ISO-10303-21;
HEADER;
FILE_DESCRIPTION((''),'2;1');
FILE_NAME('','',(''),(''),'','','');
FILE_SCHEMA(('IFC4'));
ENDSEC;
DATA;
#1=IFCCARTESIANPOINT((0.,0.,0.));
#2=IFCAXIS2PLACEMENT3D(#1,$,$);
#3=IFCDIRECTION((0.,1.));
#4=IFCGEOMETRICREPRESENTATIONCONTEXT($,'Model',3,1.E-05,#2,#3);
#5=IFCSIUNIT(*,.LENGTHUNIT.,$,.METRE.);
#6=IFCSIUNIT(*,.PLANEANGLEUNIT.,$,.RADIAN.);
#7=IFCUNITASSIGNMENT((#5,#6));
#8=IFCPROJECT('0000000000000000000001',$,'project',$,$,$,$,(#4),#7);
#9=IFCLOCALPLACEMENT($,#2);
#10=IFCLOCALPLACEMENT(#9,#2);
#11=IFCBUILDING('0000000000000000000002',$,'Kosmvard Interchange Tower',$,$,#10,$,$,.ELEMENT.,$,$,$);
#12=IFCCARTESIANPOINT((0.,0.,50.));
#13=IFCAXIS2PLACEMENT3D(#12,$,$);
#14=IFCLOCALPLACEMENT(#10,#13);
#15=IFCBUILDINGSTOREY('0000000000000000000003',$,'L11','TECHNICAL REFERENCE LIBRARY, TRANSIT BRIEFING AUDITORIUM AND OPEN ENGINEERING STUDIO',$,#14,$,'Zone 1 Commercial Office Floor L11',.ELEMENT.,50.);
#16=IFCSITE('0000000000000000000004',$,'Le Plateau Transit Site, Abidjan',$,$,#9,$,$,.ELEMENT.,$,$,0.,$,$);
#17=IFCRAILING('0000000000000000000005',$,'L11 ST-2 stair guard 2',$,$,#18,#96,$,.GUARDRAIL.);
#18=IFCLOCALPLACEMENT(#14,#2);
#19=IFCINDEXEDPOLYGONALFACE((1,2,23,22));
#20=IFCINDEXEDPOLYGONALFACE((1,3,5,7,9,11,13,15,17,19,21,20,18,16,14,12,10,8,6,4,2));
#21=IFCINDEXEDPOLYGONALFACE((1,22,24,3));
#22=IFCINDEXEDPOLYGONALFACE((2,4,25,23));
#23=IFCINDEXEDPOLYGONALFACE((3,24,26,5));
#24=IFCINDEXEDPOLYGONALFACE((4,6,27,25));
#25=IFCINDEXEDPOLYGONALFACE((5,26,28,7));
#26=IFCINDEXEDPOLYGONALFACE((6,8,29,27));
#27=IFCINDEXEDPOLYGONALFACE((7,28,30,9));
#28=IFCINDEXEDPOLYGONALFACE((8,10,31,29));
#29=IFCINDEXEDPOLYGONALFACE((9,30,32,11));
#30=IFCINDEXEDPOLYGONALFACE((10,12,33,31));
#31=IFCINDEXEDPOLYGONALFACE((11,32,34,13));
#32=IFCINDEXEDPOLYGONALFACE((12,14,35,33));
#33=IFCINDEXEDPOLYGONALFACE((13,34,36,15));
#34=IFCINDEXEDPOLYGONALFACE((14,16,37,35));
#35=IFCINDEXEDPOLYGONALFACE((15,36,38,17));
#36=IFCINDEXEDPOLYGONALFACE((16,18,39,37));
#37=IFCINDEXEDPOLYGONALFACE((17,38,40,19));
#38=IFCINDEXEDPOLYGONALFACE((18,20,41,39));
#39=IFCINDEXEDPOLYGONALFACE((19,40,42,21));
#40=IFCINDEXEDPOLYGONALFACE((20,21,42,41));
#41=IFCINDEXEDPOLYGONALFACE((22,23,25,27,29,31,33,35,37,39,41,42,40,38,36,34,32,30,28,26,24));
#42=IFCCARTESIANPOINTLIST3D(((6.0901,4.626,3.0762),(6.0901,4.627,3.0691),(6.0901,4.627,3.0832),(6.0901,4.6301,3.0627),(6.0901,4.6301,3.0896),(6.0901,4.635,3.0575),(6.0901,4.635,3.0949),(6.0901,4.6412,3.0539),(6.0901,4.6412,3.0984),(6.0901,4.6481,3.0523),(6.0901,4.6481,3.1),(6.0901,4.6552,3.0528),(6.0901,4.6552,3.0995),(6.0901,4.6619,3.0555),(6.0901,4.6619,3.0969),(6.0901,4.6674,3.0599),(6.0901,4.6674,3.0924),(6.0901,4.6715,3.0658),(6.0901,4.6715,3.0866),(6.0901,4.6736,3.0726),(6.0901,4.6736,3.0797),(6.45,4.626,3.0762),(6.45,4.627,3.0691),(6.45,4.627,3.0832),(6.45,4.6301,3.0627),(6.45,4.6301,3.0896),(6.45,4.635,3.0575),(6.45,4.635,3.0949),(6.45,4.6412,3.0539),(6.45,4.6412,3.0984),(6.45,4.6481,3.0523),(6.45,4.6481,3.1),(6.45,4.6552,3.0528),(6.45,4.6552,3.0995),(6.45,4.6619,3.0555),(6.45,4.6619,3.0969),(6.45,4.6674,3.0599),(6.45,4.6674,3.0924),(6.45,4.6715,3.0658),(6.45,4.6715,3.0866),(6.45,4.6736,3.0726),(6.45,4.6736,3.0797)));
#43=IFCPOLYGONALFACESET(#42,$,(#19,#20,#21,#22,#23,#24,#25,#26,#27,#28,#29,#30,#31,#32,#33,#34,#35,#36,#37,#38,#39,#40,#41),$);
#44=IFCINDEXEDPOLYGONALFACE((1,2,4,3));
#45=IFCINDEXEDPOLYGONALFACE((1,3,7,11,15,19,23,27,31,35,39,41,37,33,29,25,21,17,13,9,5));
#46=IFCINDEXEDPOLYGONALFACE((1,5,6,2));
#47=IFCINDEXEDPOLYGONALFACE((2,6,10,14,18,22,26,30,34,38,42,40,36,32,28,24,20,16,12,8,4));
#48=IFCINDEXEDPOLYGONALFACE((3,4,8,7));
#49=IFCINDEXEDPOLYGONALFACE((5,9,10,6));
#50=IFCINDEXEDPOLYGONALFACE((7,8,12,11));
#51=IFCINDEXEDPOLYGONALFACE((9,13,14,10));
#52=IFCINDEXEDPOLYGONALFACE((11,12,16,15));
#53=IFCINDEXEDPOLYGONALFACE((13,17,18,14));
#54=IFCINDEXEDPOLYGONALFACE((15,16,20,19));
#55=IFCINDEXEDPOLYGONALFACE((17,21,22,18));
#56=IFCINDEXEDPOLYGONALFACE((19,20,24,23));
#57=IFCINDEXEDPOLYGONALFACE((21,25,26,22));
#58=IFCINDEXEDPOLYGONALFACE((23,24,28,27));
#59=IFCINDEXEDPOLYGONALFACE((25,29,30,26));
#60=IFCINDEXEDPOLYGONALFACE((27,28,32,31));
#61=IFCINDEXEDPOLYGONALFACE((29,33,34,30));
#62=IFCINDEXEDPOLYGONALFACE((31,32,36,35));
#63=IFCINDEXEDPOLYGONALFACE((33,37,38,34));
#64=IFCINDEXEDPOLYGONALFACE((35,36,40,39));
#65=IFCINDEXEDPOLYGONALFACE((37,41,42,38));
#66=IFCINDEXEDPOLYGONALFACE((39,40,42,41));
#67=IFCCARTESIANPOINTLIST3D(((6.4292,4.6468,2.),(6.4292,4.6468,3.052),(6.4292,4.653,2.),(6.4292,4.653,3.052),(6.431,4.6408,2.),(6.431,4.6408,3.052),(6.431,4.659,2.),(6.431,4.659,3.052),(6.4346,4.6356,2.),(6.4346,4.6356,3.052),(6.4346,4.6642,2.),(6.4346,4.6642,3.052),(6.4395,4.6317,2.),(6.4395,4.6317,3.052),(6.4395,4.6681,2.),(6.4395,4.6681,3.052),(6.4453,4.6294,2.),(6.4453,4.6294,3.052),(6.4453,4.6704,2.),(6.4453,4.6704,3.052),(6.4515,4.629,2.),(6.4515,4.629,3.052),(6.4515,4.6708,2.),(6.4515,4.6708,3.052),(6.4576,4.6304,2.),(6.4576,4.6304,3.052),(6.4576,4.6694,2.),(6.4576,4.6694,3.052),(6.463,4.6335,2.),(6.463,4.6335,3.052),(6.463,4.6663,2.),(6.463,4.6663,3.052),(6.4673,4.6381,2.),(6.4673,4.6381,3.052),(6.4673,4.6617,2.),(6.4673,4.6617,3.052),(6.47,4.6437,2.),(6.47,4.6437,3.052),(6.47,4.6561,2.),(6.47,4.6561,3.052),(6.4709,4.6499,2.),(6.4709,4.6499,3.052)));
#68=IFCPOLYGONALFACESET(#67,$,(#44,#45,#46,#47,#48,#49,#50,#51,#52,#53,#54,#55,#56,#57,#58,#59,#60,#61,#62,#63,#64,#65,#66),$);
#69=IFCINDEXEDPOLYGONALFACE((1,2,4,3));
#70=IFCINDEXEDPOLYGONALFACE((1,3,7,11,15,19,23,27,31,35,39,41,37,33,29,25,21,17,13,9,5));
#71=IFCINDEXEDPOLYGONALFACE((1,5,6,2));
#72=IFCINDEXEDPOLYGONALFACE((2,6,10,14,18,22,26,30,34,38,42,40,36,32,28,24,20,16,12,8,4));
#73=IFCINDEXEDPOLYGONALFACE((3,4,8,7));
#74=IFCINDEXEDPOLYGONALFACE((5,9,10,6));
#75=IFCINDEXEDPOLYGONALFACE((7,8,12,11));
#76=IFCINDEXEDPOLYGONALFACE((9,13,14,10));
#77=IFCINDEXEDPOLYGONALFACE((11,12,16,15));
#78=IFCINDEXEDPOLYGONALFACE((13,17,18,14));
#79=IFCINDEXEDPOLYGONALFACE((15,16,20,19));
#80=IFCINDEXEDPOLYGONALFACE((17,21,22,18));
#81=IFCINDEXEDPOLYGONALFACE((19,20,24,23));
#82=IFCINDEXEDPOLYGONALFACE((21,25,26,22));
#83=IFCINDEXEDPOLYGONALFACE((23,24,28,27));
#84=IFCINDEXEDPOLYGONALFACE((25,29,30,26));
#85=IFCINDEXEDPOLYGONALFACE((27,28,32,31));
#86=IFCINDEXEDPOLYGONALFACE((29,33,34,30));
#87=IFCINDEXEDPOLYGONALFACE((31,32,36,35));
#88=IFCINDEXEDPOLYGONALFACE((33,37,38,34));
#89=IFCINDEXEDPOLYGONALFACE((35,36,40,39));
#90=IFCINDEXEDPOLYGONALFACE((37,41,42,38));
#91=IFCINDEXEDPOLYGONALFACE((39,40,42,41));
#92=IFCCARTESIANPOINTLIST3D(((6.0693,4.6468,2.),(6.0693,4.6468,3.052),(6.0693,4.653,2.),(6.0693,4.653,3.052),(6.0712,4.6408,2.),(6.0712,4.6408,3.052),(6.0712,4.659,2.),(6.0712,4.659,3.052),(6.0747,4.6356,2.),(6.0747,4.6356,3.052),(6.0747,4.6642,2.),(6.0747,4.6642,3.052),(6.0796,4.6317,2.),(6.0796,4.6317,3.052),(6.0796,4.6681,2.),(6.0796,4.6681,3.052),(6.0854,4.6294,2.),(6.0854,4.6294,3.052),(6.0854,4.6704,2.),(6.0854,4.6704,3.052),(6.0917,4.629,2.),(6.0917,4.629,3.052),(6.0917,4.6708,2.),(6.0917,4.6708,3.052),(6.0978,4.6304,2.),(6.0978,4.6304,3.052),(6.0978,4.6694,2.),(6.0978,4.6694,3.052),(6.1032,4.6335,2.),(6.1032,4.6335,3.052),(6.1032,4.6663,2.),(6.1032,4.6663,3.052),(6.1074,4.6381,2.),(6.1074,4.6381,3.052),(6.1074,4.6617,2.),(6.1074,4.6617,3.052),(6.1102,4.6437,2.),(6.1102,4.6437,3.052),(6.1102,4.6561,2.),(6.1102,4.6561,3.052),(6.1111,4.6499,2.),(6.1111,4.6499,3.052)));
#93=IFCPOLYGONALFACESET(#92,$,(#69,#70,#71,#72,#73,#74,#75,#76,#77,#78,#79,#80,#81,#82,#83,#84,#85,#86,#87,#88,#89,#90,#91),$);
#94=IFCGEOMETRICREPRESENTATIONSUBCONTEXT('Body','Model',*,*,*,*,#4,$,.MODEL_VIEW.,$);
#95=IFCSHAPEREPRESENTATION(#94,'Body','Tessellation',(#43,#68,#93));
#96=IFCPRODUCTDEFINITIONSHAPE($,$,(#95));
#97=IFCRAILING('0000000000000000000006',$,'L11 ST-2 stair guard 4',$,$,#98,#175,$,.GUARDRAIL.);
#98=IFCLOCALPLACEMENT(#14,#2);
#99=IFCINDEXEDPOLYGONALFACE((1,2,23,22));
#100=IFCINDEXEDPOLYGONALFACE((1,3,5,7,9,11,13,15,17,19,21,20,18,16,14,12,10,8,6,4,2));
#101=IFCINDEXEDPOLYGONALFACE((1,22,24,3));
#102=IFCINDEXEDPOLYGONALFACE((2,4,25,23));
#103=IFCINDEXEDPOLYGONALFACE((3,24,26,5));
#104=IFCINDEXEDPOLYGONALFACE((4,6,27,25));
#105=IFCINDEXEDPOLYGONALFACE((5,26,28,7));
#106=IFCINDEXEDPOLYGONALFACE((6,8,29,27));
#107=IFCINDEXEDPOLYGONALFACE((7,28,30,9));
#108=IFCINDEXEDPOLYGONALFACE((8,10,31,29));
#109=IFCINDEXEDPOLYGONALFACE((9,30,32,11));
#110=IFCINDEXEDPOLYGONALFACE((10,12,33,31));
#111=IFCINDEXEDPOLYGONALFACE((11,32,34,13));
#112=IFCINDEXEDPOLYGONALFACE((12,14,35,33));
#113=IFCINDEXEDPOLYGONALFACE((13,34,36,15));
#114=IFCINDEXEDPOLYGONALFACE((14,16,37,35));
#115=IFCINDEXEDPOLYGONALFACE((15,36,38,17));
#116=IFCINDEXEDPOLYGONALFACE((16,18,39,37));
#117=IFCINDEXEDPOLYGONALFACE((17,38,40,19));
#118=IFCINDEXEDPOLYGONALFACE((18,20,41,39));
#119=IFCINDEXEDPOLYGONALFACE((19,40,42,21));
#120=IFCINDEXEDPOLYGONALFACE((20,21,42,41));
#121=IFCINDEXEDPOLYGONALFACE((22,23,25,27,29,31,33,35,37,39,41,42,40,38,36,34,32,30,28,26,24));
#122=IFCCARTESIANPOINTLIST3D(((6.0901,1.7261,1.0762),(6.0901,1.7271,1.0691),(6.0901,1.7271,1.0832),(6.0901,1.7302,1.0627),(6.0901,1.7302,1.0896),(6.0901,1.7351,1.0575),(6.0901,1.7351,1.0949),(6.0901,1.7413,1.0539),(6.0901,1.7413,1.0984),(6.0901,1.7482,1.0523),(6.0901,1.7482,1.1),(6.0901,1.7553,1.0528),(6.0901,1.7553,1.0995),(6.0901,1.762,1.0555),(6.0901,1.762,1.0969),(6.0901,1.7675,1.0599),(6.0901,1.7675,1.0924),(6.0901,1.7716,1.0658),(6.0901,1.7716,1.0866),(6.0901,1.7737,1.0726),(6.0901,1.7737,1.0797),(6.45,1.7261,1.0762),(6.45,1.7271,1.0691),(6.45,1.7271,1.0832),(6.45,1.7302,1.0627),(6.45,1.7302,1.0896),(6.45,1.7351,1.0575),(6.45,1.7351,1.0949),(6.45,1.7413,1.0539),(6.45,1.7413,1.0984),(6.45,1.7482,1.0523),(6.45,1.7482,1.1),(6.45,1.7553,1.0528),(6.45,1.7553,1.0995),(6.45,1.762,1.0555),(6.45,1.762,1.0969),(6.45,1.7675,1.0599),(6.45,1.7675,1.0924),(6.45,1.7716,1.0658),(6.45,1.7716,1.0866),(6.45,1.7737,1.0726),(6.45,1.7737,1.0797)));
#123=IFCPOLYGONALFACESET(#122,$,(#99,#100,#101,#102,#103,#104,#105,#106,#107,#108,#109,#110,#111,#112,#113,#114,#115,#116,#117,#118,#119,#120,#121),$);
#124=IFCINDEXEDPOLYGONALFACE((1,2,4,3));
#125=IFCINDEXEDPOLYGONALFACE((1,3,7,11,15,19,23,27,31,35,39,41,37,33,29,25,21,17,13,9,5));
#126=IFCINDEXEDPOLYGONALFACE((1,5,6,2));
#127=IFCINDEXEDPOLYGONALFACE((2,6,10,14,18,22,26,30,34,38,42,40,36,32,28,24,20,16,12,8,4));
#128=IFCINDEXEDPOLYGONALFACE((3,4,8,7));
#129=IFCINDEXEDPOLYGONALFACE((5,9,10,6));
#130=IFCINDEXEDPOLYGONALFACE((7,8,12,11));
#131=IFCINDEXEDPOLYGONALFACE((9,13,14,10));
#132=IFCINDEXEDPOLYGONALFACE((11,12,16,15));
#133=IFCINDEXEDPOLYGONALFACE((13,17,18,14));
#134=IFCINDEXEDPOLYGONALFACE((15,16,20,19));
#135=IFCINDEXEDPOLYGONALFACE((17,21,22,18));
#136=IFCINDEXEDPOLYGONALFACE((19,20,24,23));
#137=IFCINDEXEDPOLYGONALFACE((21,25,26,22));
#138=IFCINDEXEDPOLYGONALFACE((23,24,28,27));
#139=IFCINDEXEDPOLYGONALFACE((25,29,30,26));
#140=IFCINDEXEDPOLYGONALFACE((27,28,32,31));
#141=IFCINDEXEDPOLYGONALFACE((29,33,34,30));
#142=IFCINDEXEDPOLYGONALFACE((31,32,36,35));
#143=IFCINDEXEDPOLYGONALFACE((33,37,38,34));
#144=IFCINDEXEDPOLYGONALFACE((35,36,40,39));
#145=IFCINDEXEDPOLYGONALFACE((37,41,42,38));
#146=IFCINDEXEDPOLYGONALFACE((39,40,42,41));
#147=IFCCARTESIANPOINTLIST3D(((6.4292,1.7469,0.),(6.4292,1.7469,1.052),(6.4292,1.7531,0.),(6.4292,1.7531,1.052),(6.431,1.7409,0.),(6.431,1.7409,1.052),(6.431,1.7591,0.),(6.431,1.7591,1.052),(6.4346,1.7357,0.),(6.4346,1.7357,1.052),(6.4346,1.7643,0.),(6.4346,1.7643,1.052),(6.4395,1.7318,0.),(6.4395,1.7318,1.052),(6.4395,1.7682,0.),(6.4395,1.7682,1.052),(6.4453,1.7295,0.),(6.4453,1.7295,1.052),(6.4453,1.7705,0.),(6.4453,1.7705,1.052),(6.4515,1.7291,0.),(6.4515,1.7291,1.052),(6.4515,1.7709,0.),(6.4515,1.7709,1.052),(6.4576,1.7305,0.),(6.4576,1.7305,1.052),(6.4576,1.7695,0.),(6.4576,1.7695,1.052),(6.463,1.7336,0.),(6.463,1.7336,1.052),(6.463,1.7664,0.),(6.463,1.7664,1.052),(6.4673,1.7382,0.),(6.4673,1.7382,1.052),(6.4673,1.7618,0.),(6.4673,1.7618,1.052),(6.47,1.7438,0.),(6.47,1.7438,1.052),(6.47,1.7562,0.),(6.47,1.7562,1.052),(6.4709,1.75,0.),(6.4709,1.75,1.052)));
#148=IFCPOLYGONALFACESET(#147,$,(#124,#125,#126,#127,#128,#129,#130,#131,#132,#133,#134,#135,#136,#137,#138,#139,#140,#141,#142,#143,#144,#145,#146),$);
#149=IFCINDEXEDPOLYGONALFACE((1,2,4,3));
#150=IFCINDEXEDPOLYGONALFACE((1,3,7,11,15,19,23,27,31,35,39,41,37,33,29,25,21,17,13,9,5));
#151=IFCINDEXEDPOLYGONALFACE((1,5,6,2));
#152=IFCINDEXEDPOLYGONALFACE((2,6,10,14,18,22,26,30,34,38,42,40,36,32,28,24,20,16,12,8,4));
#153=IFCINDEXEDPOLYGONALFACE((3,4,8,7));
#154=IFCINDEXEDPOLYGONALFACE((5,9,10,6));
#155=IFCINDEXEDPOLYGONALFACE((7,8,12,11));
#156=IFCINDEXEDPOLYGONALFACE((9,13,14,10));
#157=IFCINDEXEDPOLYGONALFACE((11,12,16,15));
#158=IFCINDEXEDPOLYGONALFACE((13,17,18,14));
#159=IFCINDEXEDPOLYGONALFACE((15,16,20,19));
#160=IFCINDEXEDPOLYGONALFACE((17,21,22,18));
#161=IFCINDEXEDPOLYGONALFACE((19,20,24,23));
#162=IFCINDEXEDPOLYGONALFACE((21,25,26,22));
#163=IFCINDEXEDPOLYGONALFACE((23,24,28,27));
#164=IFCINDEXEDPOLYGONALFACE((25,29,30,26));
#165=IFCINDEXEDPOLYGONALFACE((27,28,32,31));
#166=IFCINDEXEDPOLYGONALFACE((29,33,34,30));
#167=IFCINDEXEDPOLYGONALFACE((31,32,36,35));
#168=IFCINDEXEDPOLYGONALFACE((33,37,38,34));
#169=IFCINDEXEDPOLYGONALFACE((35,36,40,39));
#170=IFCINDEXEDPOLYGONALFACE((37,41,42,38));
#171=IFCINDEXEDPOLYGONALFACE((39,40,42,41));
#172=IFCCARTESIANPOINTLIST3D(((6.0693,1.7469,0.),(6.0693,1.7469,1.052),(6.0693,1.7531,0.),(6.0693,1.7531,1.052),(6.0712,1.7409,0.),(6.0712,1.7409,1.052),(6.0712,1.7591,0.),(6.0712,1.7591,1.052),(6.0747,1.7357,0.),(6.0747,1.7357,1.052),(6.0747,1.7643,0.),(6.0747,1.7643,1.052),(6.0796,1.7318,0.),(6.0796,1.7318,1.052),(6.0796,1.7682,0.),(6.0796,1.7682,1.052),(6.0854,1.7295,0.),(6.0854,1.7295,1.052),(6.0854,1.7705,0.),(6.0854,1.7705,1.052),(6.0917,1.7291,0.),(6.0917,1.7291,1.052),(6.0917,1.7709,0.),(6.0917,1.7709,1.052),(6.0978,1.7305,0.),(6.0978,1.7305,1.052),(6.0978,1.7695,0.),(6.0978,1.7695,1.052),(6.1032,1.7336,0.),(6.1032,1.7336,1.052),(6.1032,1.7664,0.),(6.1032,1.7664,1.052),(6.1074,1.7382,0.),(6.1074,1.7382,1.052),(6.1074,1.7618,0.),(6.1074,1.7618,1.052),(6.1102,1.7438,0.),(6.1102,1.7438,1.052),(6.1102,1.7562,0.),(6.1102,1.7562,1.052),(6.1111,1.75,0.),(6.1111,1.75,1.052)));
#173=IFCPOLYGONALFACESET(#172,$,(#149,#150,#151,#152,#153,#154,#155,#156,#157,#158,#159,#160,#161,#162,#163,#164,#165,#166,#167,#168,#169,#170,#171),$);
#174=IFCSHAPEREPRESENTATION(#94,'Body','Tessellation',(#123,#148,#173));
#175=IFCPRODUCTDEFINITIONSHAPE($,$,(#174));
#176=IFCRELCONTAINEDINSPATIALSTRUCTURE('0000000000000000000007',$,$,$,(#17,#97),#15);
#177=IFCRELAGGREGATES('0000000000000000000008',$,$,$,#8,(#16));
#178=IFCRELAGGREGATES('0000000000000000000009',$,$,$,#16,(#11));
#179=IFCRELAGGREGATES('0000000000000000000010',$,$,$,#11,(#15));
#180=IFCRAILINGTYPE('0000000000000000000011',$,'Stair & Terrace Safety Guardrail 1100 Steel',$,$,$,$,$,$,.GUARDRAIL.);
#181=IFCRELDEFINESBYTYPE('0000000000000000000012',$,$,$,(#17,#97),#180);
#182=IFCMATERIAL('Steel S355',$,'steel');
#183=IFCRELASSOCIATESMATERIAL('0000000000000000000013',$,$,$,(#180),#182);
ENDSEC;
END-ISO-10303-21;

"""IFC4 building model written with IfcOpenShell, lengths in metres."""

from ifc_helpers import new_model, si_unit, direction, frame, origin, origin_2d, place, context, subcontext, project, spatial, circle, extrude, source, transform, mapped, material, type_object, element, save


model = new_model("IFC4")

# Units and contexts
model_context = context("Model", 3, precision=1e-05, world=origin(), true_north=direction((0.0, 1.0)))
body_context = subcontext(model_context, "Body", "Model", "MODEL_VIEW")
ifc_project = project(units=[si_unit("LENGTHUNIT", "METRE"), si_unit("PLANEANGLEUNIT", "RADIAN")], contexts=[model_context])

# Site, building, storey
site_placement = place(None, origin())
site = spatial("IfcSite", under=ifc_project, at=site_placement, Name="Le Plateau Transit Site, Abidjan", CompositionType="ELEMENT", RefElevation=0.0)
building_placement = place(site_placement, origin())
building = spatial("IfcBuilding", under=site, at=building_placement, Name="Kosmvard Interchange Tower", CompositionType="ELEMENT")
storey_placement = place(building_placement, frame((0.0, 0.0, 50.0)))
storey = spatial("IfcBuildingStorey", under=building, at=storey_placement, Name="L11", Description="TECHNICAL REFERENCE LIBRARY, TRANSIT BRIEFING AUDITORIUM AND OPEN ENGINEERING STUDIO", LongName="Zone 1 Commercial Office Floor L11", CompositionType="ELEMENT", Elevation=50.0)

# Shared definitions
ifc_material_1 = material(Name="Steel S355", Category="steel")

# Railings
railing_type_1 = type_object("IfcRailingType", Name="Stair & Terrace Safety Guardrail 1100 Steel", PredefinedType="GUARDRAIL", material=ifc_material_1)
shared_shape_1 = source(origin(), body_context, "Body", "SweptSolid", [
    extrude(circle(Radius=0.0239, at=origin_2d()), frame((0.0, 0.0, 1.0762), z_axis=(-1.0, 0.0, 0.0), x_axis=(0.0, -1.0, 0.0)), (0.0, 0.0, 1.0), 0.3599),
    extrude(circle(Radius=0.021, at=origin_2d()), origin(), (0.0, 0.0, 1.0), 1.052),
    extrude(circle(Radius=0.021, at=origin_2d()), frame((-0.3599, 0.0, 0.0)), (0.0, 0.0, 1.0), 1.052),
])
for number, where, name in (
    (1, (6.45, 4.6499, 2.0), "L11 ST-2 stair guard 2"),
    (2, (6.45, 1.75, 0.0), "L11 ST-2 stair guard 4"),
):
    element("IfcRailing", number, at=place(storey_placement, frame(where)), inside=storey, type_object=railing_type_1, Name=name, PredefinedType="GUARDRAIL", context=body_context, shape_type="MappedRepresentation", body=[
        mapped(shared_shape_1, transform((0.0, 0.0, 0.0), scale=1.0)),
    ])

save(model, "model.ifc")
